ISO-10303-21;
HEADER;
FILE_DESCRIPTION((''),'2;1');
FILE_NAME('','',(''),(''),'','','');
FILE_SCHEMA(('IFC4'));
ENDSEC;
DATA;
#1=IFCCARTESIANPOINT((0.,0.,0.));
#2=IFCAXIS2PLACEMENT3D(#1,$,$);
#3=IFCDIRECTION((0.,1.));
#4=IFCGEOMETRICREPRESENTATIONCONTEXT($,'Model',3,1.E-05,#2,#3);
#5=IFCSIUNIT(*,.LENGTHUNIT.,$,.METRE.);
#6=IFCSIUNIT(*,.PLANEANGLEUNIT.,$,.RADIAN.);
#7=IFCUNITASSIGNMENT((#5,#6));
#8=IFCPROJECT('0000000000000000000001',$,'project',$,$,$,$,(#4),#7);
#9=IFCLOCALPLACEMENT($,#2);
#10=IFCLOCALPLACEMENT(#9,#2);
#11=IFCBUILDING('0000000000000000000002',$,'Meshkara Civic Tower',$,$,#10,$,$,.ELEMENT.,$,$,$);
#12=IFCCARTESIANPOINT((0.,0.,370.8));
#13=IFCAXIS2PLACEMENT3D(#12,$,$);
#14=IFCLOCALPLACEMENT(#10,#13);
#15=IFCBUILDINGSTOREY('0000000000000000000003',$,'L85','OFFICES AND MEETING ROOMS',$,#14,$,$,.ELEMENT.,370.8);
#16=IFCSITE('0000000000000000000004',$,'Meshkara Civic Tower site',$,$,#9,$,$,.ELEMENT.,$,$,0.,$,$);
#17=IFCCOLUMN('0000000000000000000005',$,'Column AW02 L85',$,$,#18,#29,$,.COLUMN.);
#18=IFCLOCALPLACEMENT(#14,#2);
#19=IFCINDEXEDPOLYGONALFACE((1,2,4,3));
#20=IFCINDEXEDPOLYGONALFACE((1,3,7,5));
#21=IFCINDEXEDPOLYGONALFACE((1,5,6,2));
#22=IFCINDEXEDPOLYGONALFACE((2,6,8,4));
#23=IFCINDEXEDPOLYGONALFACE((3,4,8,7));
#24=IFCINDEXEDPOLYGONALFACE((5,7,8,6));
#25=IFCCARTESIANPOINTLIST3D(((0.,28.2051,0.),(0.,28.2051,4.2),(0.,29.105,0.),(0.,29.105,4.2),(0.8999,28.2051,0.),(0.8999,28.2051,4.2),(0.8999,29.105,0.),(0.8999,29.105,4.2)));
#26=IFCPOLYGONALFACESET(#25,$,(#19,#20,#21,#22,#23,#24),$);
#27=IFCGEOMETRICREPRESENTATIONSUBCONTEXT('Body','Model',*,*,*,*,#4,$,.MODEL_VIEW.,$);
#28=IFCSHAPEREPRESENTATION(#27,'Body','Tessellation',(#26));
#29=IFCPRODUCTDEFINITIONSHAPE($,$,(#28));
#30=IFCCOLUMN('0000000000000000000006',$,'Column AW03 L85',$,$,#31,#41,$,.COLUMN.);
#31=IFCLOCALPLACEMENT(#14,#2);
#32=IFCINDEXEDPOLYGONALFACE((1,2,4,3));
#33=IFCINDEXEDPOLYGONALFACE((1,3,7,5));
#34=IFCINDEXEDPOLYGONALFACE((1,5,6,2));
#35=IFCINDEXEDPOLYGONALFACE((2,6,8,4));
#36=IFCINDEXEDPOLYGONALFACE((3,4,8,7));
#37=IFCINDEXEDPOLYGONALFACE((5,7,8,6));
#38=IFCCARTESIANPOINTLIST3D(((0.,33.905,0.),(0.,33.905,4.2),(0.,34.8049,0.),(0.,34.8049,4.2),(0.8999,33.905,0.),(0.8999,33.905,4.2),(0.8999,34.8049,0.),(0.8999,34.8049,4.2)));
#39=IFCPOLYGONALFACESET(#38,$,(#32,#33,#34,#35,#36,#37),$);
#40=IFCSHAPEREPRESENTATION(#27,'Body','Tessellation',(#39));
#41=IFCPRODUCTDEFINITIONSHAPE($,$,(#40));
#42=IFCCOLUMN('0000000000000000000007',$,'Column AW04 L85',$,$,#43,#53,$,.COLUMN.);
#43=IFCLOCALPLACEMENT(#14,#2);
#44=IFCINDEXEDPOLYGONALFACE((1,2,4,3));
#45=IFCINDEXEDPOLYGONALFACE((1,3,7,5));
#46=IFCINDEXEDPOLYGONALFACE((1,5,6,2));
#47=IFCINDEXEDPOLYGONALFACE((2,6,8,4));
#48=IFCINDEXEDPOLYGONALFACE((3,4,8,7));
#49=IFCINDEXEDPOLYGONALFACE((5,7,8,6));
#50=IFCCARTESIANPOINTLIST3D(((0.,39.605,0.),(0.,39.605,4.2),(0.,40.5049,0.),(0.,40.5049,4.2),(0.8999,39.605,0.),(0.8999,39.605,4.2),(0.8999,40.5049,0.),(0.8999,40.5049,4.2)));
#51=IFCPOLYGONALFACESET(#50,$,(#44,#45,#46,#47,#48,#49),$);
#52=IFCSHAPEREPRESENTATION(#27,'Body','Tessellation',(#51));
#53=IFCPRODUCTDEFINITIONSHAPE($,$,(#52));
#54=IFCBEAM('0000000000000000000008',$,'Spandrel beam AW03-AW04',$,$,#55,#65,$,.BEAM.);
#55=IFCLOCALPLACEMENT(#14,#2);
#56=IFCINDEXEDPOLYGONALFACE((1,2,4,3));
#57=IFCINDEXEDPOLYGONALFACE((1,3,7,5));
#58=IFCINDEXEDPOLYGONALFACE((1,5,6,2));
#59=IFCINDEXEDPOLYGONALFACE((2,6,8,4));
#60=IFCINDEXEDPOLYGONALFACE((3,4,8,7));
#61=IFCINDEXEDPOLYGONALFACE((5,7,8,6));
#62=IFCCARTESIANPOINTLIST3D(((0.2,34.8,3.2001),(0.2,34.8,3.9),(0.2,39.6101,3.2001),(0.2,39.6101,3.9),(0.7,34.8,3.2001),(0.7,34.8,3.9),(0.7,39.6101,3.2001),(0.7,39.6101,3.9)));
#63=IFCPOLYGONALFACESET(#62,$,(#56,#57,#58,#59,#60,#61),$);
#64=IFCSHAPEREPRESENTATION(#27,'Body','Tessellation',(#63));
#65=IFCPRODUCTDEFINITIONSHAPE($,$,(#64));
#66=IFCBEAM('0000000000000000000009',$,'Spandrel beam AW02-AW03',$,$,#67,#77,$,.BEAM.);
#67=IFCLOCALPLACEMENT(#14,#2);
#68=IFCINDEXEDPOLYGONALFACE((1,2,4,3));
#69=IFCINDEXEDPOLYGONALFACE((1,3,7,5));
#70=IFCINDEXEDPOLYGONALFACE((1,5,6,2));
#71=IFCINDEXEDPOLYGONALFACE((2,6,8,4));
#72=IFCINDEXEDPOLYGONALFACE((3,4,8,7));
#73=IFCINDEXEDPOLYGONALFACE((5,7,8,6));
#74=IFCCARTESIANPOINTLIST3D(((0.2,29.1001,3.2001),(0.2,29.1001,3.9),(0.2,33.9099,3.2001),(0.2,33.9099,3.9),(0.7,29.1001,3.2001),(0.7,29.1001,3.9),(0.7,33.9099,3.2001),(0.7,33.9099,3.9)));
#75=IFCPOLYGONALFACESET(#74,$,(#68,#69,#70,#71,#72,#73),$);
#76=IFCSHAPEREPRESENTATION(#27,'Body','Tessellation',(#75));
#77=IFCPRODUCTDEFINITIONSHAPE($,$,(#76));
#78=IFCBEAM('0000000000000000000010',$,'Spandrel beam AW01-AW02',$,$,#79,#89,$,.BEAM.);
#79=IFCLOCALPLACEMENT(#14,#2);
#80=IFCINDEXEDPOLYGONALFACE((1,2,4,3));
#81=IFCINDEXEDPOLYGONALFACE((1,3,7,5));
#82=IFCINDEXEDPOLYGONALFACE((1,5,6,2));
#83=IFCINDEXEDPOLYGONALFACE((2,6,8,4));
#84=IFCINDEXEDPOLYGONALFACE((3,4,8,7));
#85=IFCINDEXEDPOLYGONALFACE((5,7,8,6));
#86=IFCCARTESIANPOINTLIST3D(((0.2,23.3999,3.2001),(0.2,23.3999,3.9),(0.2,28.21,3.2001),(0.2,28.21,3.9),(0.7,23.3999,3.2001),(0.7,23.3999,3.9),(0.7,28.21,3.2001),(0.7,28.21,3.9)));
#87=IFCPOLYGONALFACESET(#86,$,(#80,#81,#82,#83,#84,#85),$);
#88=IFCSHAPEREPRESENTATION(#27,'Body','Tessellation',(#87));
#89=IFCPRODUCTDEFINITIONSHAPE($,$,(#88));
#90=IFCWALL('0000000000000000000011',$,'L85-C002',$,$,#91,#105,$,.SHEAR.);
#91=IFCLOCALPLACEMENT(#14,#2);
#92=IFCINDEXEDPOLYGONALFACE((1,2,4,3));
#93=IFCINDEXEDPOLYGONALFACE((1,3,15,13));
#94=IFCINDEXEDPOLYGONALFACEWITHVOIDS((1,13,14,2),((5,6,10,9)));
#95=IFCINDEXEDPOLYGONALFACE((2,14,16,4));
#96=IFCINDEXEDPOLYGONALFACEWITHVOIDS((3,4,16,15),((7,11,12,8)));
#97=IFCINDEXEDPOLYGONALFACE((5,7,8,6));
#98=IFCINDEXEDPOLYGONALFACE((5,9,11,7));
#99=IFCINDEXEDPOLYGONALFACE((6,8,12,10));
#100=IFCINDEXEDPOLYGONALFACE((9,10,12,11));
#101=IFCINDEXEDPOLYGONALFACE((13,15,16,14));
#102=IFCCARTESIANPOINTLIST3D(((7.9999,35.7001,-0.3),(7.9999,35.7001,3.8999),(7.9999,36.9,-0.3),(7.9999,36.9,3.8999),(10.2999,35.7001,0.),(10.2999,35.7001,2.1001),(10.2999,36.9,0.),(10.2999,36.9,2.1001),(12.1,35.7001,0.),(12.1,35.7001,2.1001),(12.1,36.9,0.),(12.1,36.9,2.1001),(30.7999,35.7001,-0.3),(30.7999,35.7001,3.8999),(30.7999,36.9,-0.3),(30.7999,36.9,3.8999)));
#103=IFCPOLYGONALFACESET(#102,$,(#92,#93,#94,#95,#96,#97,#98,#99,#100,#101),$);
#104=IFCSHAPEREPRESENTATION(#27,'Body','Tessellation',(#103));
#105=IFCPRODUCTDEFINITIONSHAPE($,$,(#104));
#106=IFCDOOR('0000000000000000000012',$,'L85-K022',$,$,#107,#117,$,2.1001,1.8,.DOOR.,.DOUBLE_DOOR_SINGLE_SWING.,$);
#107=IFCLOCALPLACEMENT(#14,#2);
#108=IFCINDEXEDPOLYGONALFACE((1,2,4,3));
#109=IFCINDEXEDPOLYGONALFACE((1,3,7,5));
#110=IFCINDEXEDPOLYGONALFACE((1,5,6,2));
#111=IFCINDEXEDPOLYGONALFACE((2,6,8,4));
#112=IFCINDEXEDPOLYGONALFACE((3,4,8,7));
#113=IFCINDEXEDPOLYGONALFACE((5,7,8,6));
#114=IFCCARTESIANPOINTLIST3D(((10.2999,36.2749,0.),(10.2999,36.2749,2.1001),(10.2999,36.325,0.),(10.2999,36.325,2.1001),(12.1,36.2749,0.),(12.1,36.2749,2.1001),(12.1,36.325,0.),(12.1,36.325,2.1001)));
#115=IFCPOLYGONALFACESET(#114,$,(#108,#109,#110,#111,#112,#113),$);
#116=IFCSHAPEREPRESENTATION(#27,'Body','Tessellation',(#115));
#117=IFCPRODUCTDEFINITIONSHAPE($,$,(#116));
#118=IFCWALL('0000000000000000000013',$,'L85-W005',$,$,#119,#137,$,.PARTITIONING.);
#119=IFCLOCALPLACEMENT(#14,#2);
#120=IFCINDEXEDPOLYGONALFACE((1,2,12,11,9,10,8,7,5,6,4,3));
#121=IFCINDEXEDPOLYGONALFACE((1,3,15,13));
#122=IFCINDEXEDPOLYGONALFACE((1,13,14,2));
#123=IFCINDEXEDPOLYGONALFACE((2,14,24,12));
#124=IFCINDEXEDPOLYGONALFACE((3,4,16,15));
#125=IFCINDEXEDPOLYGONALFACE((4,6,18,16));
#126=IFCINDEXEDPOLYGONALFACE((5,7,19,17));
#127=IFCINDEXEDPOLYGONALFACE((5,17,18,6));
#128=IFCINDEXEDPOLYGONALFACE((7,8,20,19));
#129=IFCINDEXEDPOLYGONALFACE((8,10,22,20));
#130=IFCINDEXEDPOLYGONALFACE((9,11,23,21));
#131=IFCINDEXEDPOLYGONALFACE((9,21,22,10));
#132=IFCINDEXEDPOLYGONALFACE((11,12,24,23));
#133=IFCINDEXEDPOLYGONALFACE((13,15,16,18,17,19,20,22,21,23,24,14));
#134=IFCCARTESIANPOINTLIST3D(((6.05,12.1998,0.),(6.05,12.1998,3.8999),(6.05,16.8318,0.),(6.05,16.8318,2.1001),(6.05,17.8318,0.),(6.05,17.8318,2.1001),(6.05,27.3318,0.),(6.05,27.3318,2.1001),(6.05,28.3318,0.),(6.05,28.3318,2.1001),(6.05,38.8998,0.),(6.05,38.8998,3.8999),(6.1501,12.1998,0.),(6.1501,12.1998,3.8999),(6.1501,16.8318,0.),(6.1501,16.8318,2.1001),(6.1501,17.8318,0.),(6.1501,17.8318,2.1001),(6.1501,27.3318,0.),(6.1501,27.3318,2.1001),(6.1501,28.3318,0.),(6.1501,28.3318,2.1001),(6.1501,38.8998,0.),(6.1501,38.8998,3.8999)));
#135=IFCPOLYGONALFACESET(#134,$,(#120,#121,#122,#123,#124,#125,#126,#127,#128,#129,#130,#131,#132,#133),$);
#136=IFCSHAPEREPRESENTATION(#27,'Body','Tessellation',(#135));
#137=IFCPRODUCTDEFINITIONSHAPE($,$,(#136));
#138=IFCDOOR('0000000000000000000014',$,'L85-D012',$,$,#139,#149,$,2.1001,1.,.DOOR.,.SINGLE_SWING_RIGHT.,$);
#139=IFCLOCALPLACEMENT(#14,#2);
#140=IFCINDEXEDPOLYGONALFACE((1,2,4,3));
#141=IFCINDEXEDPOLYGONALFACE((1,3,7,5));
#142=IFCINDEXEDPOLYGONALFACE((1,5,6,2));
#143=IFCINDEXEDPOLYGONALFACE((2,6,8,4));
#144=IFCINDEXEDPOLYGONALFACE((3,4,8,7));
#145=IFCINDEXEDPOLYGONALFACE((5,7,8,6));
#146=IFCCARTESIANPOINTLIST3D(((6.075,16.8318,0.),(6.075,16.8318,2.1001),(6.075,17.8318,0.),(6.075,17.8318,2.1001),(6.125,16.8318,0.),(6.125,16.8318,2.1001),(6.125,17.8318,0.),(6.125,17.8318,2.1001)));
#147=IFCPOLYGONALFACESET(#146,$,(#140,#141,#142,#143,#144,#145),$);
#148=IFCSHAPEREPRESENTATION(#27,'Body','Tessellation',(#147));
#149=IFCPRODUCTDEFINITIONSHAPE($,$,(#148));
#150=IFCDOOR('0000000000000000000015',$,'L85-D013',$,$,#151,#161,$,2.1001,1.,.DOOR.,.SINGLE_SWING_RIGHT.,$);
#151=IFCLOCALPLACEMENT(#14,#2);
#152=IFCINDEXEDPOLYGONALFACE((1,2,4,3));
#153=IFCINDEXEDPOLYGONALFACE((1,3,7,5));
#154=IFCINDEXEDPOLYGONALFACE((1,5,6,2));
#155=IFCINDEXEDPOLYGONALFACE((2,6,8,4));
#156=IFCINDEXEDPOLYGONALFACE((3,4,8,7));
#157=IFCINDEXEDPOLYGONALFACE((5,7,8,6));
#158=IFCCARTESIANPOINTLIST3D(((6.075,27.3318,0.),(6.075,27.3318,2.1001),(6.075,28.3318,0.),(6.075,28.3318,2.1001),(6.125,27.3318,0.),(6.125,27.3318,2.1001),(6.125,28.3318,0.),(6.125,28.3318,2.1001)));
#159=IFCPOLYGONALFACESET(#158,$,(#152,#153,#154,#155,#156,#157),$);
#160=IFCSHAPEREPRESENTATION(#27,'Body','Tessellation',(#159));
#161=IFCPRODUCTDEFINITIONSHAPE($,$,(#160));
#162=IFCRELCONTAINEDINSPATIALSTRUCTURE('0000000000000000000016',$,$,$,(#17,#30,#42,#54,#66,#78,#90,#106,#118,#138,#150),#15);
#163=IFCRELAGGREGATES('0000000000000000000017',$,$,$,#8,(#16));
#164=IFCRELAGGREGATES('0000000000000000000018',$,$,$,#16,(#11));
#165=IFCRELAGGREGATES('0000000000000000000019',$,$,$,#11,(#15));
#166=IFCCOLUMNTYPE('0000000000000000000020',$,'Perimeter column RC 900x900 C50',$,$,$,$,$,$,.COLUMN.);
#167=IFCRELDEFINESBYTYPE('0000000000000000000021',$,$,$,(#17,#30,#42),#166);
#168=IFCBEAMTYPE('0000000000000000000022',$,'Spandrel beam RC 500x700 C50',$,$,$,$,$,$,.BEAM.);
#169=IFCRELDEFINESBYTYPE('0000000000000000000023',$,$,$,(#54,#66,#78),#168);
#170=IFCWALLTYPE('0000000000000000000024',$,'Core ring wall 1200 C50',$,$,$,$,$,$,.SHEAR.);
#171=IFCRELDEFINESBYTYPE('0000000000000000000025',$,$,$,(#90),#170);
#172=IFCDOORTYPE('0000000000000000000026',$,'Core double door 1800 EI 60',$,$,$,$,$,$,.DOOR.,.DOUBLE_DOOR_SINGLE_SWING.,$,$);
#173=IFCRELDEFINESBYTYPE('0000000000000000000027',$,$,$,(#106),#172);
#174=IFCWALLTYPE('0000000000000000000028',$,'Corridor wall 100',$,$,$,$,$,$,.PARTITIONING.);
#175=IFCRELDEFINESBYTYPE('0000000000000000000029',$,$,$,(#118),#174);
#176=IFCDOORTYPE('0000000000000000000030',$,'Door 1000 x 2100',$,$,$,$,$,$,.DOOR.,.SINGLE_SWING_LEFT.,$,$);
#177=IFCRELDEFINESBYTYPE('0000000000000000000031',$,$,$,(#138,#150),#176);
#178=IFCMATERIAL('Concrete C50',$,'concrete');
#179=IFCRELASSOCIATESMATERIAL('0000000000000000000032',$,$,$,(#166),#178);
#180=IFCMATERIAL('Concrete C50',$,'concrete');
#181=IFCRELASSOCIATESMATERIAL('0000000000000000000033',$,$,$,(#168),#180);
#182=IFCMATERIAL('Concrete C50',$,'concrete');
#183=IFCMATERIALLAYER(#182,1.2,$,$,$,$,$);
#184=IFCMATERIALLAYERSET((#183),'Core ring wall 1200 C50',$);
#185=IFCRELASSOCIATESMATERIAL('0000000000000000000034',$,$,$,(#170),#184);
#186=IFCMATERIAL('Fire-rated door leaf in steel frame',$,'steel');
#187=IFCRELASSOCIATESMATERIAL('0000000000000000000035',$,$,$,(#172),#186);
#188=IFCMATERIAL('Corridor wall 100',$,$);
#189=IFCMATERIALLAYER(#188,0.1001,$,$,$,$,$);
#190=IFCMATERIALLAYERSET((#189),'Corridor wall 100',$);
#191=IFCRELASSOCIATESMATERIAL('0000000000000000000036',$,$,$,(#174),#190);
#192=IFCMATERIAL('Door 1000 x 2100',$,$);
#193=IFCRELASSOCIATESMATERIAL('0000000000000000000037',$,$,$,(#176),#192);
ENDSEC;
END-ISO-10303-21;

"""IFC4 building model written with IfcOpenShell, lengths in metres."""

from ifc_helpers import new_model, si_unit, direction, frame, frame_2d, origin, origin_2d, place, context, subcontext, project, spatial, rectangle, extrude, material, layer, layer_set, material_profile, profile_set, type_object, element, fill, save


model = new_model("IFC4")

# Units and contexts
model_context = context("Model", 3, precision=1e-05, world=origin(), true_north=direction((0.0, 1.0)))
body_context = subcontext(model_context, "Body", "Model", "MODEL_VIEW")
ifc_project = project(units=[si_unit("LENGTHUNIT", "METRE"), si_unit("PLANEANGLEUNIT", "RADIAN")], contexts=[model_context])

# Site, building, storey
site_placement = place(None, origin())
site = spatial("IfcSite", under=ifc_project, at=site_placement, Name="Meshkara Civic Tower site", CompositionType="ELEMENT", RefElevation=0.0)
building_placement = place(site_placement, origin())
building = spatial("IfcBuilding", under=site, at=building_placement, Name="Meshkara Civic Tower", CompositionType="ELEMENT")
storey_placement = place(building_placement, frame((0.0, 0.0, 370.8)))
storey = spatial("IfcBuildingStorey", under=building, at=storey_placement, Name="L85", Description="OFFICES AND MEETING ROOMS", CompositionType="ELEMENT", Elevation=370.8)

# Columns
ifc_material_1 = material(Name="Concrete C50", Category="concrete")
ifc_material_profile_1 = material_profile(ifc_material_1, rectangle(XDim=0.8999, YDim=0.8999, at=origin_2d()))
ifc_profile_set_1 = profile_set([ifc_material_profile_1], Name="Concrete C50")
column_type = type_object("IfcColumnType", Name="Perimeter column RC 900x900 C50", PredefinedType="COLUMN", material=ifc_profile_set_1)
for number, where, z_axis, x_axis, name in (
    (1, (0.45, 28.655, 0.0), (0.0, 0.0, 1.0), (1.0, 0.0, 0.0), "Column AW02 L85"),
    (2, (0.45, 34.355, 0.0), (0.0, 0.0, 1.0), (1.0, 0.0, 0.0), "Column AW03 L85"),
    (3, (0.45, 40.0549, 0.0), (0.0, 0.0, 1.0), (1.0, 0.0, 0.0), "Column AW04 L85"),
):
    element("IfcColumn", number, at=place(storey_placement, frame(where, z_axis=z_axis, x_axis=x_axis)), inside=storey, type_object=column_type, Name=name, PredefinedType="COLUMN", context=body_context, shape_type="SweptSolid", body=[
        extrude(rectangle(XDim=0.8999, YDim=0.8999, at=origin_2d()), origin(), (0.0, 0.0, 1.0), 4.2),
    ])

# Beams
ifc_material_2 = material(Name="Concrete C50", Category="concrete")
ifc_material_profile_2 = material_profile(ifc_material_2, rectangle(XDim=0.5, YDim=0.7, at=origin_2d()))
ifc_profile_set_2 = profile_set([ifc_material_profile_2], Name="Concrete C50")
beam_type = type_object("IfcBeamType", Name="Spandrel beam RC 500x700 C50", PredefinedType="BEAM", material=ifc_profile_set_2)
beam_1_placement = place(storey_placement, frame((0.45, 39.6101, 3.55), z_axis=(0.0, -1.0, 0.0), x_axis=(1.0, 0.0, 0.0)))
element("IfcBeam", 4, at=beam_1_placement, inside=storey, type_object=beam_type, Name="Spandrel beam AW03-AW04", PredefinedType="BEAM", context=body_context, shape_type="SweptSolid", body=[
    extrude(rectangle(XDim=0.5, YDim=0.7, at=origin_2d()), origin(), (0.0, 0.0, 1.0), 4.8101),
])
beam_2_placement = place(storey_placement, frame((0.45, 33.9099, 3.55), z_axis=(0.0, -1.0, 0.0), x_axis=(1.0, 0.0, 0.0)))
element("IfcBeam", 5, at=beam_2_placement, inside=storey, type_object=beam_type, Name="Spandrel beam AW02-AW03", PredefinedType="BEAM", context=body_context, shape_type="SweptSolid", body=[
    extrude(rectangle(XDim=0.5, YDim=0.7, at=origin_2d()), origin(), (0.0, 0.0, 1.0), 4.8098),
])
beam_3_placement = place(storey_placement, frame((0.45, 28.21, 3.55), z_axis=(0.0, -1.0, 0.0), x_axis=(1.0, 0.0, 0.0)))
element("IfcBeam", 6, at=beam_3_placement, inside=storey, type_object=beam_type, Name="Spandrel beam AW01-AW02", PredefinedType="BEAM", context=body_context, shape_type="SweptSolid", body=[
    extrude(rectangle(XDim=0.5, YDim=0.7, at=origin_2d()), origin(), (0.0, 0.0, 1.0), 4.8101),
])

# Wall, opening, door
ifc_material_3 = material(Name="Concrete C50", Category="concrete")
ifc_layer_1 = layer(ifc_material_3, 1.2)
ifc_layer_set_1 = layer_set([ifc_layer_1], Name="Core ring wall 1200 C50")
wall_type_1 = type_object("IfcWallType", Name="Core ring wall 1200 C50", PredefinedType="SHEAR", material=ifc_layer_set_1)
wall_1_placement = place(storey_placement, frame((8.0, 36.3, -0.3), z_axis=(0.0, 0.0, 1.0), x_axis=(1.0, 0.0, 0.0)))
wall_1 = element("IfcWall", 7, at=wall_1_placement, inside=storey, type_object=wall_type_1, Name="L85-C002", PredefinedType="SHEAR", context=body_context, shape_type="SweptSolid", body=[
    extrude(rectangle(XDim=22.8, YDim=1.2, at=frame_2d((11.3999, 0.0))), origin(), (0.0, 0.0, 1.0), 4.2),
])
opening_1_placement = place(wall_1_placement, frame((2.3, 0.0, 0.3)))
opening_1 = element("IfcOpeningElement", 8, at=opening_1_placement, cuts=wall_1, PredefinedType="OPENING", context=body_context, shape_type="SweptSolid", body=[
    extrude(rectangle(XDim=1.8, YDim=2.1001, at=frame_2d((0.8999, 1.05))), frame((0.0, 0.6099, 0.0), z_axis=(0.0, -1.0, 0.0), x_axis=(1.0, 0.0, 0.0)), (0.0, 0.0, 1.0), 1.22),
])
ifc_material_4 = material(Name="Fire-rated door leaf in steel frame", Category="steel")
door_type_1 = type_object("IfcDoorType", Name="Core double door 1800 EI 60", OperationType="DOUBLE_DOOR_SINGLE_SWING", PredefinedType="DOOR", material=ifc_material_4)
door_1_placement = place(opening_1_placement, origin())
door_1 = element("IfcDoor", 9, at=door_1_placement, inside=storey, type_object=door_type_1, Name="L85-K022", OperationType="DOUBLE_DOOR_SINGLE_SWING", OverallHeight=2.1001, OverallWidth=1.8, PredefinedType="DOOR", context=body_context, shape_type="SweptSolid", body=[
    extrude(rectangle(XDim=1.8, YDim=2.1001, at=frame_2d((0.8999, 1.05))), frame((0.0, 0.0249, 0.0), z_axis=(0.0, -1.0, 0.0), x_axis=(1.0, 0.0, 0.0)), (0.0, 0.0, 1.0), 0.05),
])
fill(opening_1, door_1)

# Wall, openings, doors
ifc_material_5 = material(Name="Corridor wall 100")
ifc_layer_2 = layer(ifc_material_5, 0.1001)
ifc_layer_set_2 = layer_set([ifc_layer_2], Name="Corridor wall 100")
wall_type_2 = type_object("IfcWallType", Name="Corridor wall 100", PredefinedType="PARTITIONING", material=ifc_layer_set_2)
wall_2_placement = place(storey_placement, frame((6.1001, 38.8999, 0.0), z_axis=(0.0, 0.0, 1.0), x_axis=(0.0, -1.0, 0.0)))
wall_2 = element("IfcWall", 10, at=wall_2_placement, inside=storey, type_object=wall_type_2, Name="L85-W005", PredefinedType="PARTITIONING", context=body_context, shape_type="SweptSolid", body=[
    extrude(rectangle(XDim=26.7, YDim=0.1001, at=frame_2d((13.3501, 0.0))), origin(), (0.0, 0.0, 1.0), 3.8999),
])
opening_2_placement = place(wall_2_placement, frame((21.0681, 0.0, 0.0)))
opening_2 = element("IfcOpeningElement", 11, at=opening_2_placement, cuts=wall_2, PredefinedType="OPENING", context=body_context, shape_type="SweptSolid", body=[
    extrude(rectangle(XDim=1.0, YDim=2.1001, at=frame_2d((0.5, 1.05))), frame((0.0, 0.0601, 0.0), z_axis=(0.0, -1.0, 0.0), x_axis=(1.0, 0.0, 0.0)), (0.0, 0.0, 1.0), 0.1201),
])
opening_3_placement = place(wall_2_placement, frame((10.5681, 0.0, 0.0)))
opening_3 = element("IfcOpeningElement", 12, at=opening_3_placement, cuts=wall_2, PredefinedType="OPENING", context=body_context, shape_type="SweptSolid", body=[
    extrude(rectangle(XDim=1.0, YDim=2.1001, at=frame_2d((0.5, 1.05))), frame((0.0, 0.0601, 0.0), z_axis=(0.0, -1.0, 0.0), x_axis=(1.0, 0.0, 0.0)), (0.0, 0.0, 1.0), 0.1201),
])
ifc_material_6 = material(Name="Door 1000 x 2100")
door_type_2 = type_object("IfcDoorType", Name="Door 1000 x 2100", OperationType="SINGLE_SWING_LEFT", PredefinedType="DOOR", material=ifc_material_6)
door_2_placement = place(opening_2_placement, origin())
door_2 = element("IfcDoor", 13, at=door_2_placement, inside=storey, type_object=door_type_2, Name="L85-D012", OperationType="SINGLE_SWING_RIGHT", OverallHeight=2.1001, OverallWidth=1.0, PredefinedType="DOOR", context=body_context, shape_type="SweptSolid", body=[
    extrude(rectangle(XDim=1.0, YDim=2.1001, at=frame_2d((0.5, 1.05))), frame((0.0, 0.0249, 0.0), z_axis=(0.0, -1.0, 0.0), x_axis=(1.0, 0.0, 0.0)), (0.0, 0.0, 1.0), 0.05),
])
fill(opening_2, door_2)
door_3_placement = place(opening_3_placement, origin())
door_3 = element("IfcDoor", 14, at=door_3_placement, inside=storey, type_object=door_type_2, Name="L85-D013", OperationType="SINGLE_SWING_RIGHT", OverallHeight=2.1001, OverallWidth=1.0, PredefinedType="DOOR", context=body_context, shape_type="SweptSolid", body=[
    extrude(rectangle(XDim=1.0, YDim=2.1001, at=frame_2d((0.5, 1.05))), frame((0.0, 0.0249, 0.0), z_axis=(0.0, -1.0, 0.0), x_axis=(1.0, 0.0, 0.0)), (0.0, 0.0, 1.0), 0.05),
])
fill(opening_3, door_3)

save(model, "model.ifc")
